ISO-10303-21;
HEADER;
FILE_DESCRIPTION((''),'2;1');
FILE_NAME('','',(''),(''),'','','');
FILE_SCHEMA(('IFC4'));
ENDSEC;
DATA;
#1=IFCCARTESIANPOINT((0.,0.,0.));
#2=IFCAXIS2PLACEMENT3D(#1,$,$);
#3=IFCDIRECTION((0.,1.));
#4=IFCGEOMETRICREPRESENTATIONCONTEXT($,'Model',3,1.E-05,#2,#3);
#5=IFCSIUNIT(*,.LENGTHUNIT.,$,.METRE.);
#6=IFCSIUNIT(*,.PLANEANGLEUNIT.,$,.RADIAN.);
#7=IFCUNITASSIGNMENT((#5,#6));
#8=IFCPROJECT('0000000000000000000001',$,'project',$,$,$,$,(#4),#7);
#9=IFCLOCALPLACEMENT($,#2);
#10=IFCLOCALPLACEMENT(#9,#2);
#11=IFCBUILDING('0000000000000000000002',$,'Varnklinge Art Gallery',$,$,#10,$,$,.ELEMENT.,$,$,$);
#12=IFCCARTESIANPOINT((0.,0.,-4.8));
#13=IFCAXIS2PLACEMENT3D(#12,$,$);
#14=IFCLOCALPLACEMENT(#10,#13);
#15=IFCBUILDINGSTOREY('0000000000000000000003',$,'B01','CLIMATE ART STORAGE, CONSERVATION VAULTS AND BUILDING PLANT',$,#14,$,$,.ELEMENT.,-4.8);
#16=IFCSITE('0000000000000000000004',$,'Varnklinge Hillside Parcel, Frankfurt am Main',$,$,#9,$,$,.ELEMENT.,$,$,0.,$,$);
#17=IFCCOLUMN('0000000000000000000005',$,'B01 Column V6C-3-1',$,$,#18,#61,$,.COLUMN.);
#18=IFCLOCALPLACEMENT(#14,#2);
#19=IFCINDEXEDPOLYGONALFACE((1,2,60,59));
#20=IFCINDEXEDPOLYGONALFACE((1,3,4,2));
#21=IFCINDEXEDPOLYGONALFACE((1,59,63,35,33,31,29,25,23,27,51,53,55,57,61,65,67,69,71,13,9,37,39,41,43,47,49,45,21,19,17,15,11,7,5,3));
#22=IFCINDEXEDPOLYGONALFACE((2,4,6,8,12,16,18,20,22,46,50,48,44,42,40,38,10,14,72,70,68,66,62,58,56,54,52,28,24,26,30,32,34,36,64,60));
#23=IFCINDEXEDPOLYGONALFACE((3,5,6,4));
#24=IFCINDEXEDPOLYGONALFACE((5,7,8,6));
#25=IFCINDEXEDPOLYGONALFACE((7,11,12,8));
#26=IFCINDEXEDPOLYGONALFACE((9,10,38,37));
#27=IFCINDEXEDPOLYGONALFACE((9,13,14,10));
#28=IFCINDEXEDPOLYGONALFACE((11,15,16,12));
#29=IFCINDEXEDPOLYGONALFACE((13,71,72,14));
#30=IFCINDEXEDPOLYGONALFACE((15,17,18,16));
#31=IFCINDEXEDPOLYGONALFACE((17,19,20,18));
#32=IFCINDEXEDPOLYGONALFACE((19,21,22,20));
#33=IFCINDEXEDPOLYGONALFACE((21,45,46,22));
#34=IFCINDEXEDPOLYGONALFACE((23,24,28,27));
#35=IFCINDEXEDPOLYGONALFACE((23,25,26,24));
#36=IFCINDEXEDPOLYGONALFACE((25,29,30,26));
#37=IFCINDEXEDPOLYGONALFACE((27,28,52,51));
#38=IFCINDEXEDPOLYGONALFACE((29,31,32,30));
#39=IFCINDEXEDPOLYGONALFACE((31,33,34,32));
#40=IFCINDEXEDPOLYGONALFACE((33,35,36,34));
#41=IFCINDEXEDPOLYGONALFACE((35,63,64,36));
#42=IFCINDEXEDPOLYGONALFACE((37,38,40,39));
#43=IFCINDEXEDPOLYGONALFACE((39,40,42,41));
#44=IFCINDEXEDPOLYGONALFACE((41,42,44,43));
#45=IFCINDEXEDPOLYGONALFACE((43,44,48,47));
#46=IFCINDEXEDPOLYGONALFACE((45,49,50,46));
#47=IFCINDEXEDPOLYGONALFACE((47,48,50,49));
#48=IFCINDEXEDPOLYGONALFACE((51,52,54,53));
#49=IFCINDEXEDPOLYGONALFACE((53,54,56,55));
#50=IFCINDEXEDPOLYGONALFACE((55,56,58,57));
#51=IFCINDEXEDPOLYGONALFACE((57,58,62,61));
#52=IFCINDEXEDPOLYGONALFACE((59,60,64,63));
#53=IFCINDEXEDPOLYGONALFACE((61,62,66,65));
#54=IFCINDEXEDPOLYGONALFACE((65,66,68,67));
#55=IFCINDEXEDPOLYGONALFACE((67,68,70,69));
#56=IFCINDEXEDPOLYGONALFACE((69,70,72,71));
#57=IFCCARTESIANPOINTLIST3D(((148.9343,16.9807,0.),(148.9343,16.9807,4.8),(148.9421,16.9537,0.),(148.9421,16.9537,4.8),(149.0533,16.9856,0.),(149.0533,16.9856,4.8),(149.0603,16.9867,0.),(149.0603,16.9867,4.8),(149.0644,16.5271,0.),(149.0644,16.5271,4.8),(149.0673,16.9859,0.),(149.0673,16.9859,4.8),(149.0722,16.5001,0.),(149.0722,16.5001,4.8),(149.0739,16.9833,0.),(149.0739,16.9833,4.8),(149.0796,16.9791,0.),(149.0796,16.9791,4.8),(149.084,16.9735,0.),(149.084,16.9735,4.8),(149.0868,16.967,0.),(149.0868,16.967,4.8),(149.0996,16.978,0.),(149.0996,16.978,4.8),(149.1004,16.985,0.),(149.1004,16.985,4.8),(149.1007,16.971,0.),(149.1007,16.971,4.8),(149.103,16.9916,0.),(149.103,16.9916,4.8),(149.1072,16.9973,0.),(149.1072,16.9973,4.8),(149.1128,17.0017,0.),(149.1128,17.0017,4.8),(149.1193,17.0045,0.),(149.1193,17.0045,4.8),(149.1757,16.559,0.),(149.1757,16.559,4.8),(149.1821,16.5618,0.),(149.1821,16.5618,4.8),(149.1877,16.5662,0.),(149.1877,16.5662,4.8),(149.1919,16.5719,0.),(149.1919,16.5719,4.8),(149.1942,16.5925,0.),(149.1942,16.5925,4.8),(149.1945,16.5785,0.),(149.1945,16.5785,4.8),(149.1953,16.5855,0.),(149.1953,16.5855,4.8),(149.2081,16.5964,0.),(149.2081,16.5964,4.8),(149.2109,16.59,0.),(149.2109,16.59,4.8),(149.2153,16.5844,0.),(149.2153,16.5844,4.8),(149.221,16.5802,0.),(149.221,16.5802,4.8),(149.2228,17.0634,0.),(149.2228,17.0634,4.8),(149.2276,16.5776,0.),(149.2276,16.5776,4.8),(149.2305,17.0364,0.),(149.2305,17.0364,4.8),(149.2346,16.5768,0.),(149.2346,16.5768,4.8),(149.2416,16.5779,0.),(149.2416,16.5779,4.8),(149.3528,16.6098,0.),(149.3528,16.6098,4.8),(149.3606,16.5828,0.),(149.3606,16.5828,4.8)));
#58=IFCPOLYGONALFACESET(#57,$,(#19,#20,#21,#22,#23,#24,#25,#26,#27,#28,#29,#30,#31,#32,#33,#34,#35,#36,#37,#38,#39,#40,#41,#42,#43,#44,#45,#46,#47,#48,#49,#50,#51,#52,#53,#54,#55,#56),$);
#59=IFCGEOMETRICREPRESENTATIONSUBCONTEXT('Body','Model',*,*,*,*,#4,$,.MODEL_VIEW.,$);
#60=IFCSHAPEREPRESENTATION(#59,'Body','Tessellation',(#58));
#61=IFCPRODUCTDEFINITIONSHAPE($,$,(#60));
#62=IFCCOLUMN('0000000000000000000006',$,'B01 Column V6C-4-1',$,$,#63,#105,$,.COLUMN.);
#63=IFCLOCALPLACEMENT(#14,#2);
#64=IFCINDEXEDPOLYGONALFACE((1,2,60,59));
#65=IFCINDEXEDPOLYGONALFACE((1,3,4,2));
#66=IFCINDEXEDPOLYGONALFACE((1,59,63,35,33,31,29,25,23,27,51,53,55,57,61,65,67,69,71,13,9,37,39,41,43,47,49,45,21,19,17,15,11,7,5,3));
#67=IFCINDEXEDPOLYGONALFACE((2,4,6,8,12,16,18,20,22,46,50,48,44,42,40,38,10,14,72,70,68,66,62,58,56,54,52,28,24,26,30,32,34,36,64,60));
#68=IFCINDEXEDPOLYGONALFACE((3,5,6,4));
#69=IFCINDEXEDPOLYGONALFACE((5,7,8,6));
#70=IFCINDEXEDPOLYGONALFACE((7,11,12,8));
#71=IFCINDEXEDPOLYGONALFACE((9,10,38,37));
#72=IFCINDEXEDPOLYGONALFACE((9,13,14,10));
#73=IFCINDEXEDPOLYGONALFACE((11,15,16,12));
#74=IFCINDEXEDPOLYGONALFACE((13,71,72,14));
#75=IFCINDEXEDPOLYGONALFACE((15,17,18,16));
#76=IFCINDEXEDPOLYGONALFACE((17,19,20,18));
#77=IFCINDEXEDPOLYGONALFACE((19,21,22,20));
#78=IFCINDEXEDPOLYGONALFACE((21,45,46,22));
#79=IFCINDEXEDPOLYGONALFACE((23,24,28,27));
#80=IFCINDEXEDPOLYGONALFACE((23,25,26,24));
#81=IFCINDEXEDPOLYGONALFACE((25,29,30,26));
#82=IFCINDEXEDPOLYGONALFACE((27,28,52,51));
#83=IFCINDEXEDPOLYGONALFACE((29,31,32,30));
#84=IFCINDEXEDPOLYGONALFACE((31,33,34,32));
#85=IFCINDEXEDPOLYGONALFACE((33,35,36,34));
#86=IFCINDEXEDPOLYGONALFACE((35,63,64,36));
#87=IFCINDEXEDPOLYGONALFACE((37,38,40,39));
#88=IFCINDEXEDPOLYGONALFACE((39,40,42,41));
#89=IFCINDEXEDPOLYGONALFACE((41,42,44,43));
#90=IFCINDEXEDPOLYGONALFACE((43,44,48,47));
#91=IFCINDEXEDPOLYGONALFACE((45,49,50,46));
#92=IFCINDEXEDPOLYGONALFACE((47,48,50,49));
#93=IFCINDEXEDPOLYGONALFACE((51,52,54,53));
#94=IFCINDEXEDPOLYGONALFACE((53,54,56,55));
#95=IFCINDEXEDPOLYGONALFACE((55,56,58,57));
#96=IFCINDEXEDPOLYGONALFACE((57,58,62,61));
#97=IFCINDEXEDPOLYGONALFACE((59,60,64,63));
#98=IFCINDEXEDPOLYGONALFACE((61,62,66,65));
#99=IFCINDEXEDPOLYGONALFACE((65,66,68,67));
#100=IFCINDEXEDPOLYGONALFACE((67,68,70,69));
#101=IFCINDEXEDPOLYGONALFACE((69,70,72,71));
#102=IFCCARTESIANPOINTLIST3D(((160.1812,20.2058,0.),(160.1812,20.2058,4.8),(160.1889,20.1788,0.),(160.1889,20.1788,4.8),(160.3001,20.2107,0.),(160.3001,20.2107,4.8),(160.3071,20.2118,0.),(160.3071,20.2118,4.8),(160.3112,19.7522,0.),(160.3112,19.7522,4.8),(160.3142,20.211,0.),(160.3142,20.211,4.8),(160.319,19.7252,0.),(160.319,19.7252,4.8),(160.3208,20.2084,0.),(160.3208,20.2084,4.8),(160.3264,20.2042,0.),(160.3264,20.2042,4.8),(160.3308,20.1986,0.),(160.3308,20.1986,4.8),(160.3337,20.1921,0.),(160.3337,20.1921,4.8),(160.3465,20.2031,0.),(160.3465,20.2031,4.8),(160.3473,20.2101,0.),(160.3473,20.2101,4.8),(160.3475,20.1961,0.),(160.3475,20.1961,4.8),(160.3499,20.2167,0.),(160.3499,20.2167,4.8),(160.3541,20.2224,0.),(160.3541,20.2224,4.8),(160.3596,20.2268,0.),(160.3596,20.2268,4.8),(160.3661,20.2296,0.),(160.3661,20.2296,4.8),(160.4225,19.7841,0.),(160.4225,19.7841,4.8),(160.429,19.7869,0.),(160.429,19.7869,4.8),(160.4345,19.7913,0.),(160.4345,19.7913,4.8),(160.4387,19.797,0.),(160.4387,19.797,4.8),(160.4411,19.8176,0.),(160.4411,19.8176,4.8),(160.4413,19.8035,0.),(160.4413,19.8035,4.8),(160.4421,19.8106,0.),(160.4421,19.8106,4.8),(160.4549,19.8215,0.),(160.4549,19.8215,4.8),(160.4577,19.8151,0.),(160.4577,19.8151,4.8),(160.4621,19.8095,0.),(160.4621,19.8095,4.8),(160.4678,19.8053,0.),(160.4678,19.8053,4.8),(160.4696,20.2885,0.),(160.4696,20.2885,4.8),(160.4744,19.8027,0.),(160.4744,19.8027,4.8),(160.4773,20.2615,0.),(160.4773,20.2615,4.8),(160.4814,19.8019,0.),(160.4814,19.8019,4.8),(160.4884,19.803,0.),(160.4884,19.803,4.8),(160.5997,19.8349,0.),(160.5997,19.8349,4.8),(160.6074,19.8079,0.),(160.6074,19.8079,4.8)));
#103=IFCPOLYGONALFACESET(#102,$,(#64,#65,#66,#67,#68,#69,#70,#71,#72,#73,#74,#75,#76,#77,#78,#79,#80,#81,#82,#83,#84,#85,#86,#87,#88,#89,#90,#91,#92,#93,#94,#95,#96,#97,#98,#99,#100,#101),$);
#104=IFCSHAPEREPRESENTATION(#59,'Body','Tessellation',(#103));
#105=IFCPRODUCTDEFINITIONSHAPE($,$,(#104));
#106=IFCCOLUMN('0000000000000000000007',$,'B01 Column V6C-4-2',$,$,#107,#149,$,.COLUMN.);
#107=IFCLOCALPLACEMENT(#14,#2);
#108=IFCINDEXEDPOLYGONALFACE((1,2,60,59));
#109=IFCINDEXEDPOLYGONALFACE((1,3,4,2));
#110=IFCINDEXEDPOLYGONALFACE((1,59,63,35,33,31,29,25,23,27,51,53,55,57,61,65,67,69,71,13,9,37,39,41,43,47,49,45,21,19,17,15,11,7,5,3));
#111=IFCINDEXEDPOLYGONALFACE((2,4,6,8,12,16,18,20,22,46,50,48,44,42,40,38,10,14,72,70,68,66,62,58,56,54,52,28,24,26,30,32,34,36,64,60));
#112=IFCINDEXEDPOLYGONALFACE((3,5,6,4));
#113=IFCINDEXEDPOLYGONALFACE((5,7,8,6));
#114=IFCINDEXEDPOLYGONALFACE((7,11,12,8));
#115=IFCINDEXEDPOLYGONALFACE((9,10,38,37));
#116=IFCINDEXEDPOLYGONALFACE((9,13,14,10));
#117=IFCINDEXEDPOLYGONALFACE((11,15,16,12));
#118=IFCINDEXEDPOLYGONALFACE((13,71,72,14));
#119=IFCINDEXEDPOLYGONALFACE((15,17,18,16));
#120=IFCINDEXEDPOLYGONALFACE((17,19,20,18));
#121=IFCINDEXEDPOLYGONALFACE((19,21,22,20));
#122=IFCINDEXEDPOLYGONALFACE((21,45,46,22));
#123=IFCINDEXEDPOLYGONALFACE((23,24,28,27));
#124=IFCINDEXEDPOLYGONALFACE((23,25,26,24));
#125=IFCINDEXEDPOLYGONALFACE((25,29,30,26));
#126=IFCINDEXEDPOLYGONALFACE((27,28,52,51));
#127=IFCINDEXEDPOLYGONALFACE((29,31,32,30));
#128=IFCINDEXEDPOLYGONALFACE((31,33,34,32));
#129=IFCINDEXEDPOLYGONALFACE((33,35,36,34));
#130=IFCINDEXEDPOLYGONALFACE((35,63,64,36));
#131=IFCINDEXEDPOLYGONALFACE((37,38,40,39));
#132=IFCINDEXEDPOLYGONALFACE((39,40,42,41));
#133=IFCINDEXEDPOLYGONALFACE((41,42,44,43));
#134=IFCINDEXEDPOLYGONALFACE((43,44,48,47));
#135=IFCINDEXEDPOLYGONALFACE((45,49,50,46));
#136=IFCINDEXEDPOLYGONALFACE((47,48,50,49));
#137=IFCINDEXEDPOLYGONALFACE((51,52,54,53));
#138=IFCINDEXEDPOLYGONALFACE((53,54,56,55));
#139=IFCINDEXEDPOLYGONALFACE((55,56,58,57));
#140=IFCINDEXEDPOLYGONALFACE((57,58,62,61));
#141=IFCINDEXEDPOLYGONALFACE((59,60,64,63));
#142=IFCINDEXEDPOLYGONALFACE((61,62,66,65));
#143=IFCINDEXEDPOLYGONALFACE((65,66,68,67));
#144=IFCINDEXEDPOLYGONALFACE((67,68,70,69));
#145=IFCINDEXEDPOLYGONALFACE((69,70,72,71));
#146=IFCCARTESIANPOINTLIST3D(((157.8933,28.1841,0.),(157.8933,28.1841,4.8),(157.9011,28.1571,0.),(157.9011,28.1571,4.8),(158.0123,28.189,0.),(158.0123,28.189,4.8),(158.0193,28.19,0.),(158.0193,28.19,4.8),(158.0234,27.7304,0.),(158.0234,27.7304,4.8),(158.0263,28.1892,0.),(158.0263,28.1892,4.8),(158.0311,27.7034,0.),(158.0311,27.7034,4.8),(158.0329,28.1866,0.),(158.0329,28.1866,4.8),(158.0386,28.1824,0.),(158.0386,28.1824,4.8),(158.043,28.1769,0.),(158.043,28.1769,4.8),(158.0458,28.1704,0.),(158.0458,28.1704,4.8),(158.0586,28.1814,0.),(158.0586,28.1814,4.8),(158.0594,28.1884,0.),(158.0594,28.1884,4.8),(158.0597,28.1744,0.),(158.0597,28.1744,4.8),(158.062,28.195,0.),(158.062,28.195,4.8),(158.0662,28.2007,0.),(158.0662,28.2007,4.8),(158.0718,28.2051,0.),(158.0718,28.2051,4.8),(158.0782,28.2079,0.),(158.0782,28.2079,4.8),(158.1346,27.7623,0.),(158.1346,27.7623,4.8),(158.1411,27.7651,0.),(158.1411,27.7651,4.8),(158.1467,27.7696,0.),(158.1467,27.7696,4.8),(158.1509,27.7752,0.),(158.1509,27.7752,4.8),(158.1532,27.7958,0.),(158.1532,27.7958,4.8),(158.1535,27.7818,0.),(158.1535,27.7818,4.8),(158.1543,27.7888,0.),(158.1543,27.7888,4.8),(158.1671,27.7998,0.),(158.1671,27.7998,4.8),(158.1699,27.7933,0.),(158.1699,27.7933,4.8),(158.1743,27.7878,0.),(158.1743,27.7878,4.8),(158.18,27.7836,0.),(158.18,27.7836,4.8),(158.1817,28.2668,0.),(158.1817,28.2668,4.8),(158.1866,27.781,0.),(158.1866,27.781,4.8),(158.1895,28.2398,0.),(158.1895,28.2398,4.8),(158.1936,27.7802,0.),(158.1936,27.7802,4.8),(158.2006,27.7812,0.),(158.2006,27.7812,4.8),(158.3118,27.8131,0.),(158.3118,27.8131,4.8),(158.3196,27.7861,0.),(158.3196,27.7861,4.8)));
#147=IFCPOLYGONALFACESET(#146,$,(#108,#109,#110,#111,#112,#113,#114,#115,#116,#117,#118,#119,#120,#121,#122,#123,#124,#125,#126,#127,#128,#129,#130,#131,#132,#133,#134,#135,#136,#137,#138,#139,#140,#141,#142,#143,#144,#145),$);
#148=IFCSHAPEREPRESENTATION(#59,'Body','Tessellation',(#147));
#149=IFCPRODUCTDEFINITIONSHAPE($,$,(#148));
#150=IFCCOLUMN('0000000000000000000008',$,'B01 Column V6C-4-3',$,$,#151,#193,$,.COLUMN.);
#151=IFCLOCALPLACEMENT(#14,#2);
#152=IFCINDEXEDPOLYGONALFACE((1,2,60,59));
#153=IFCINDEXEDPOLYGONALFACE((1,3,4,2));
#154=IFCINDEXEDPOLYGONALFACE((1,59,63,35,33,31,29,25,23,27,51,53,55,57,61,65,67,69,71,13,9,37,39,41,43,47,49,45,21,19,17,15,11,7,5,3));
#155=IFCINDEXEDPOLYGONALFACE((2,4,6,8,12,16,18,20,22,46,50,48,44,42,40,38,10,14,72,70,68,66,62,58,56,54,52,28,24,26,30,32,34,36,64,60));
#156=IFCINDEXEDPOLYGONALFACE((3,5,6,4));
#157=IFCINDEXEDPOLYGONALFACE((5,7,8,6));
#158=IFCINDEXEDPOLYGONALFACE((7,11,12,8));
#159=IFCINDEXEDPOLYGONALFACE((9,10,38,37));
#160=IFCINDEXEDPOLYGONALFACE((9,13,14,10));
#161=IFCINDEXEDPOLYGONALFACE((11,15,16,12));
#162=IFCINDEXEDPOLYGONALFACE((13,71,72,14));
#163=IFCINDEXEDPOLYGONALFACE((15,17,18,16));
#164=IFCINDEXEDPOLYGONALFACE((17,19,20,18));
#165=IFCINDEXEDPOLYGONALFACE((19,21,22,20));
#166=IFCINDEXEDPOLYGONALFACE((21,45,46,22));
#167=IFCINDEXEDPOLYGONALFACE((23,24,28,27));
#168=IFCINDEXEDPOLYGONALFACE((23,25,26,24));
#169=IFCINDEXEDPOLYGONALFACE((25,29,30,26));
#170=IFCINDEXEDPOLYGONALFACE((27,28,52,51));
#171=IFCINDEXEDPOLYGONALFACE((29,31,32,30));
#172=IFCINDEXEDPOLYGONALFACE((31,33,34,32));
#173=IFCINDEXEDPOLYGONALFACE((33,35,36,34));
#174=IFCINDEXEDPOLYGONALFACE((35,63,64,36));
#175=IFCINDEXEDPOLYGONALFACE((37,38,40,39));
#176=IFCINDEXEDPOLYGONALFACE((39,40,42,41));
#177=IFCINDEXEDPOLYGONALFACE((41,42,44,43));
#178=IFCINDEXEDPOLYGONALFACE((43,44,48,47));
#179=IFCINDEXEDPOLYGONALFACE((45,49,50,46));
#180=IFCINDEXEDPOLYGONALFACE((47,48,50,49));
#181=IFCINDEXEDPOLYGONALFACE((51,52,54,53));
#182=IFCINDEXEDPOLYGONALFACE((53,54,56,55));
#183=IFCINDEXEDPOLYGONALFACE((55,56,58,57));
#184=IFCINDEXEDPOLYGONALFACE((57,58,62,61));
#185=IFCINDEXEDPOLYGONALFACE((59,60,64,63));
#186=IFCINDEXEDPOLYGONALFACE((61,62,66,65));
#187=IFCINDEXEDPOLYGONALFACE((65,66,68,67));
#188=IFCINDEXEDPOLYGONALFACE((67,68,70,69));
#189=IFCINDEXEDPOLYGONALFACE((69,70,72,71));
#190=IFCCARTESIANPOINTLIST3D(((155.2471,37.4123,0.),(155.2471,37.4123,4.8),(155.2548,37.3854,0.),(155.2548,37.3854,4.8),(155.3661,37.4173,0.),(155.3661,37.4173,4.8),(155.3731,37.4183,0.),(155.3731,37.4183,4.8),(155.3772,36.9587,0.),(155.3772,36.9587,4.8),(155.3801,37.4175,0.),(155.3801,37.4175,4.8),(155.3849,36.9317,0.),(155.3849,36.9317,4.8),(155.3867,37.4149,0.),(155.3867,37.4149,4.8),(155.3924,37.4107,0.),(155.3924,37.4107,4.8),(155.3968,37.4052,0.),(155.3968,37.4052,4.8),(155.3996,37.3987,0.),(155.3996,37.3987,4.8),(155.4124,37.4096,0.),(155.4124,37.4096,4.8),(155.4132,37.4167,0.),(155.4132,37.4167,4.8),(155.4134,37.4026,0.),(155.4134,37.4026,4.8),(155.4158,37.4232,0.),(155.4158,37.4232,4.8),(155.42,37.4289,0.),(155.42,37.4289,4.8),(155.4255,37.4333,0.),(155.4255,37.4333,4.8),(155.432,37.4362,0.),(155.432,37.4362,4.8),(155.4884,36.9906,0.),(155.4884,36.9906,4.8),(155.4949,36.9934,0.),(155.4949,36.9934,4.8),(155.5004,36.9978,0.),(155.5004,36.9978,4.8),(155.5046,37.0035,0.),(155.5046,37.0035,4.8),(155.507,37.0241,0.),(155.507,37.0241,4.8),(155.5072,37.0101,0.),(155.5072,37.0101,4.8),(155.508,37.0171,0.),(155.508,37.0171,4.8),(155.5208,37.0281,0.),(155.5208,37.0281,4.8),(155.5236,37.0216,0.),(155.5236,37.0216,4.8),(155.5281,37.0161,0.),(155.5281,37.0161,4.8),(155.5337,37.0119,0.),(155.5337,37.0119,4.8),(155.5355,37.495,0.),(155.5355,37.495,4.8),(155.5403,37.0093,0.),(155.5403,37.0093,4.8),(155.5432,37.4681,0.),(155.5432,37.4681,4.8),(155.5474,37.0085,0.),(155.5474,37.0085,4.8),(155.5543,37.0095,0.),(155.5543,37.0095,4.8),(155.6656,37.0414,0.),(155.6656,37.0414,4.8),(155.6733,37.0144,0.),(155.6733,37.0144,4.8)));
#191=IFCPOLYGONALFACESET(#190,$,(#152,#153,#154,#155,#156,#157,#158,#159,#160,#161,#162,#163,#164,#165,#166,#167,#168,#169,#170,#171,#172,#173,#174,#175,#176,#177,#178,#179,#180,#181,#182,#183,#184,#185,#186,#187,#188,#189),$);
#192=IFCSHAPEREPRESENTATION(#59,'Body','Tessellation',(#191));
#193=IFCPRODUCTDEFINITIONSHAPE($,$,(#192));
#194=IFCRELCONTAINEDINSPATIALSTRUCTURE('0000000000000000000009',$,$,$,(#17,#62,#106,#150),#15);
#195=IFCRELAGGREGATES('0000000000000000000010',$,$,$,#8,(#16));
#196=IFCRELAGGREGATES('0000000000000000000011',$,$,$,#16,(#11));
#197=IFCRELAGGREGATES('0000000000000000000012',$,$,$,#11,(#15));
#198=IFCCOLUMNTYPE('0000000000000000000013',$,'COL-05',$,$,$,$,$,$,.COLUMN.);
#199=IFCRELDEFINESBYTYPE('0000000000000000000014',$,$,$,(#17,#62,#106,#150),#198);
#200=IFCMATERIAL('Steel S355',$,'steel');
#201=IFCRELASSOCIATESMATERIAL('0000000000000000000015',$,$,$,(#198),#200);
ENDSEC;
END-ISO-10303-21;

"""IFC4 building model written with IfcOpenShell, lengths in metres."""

from ifc_helpers import new_model, si_unit, direction, frame, origin, origin_2d, place, context, subcontext, project, spatial, i_section, extrude, material, material_profile, profile_set, type_object, element, save


model = new_model("IFC4")

# Units and contexts
model_context = context("Model", 3, precision=1e-05, world=origin(), true_north=direction((0.0, 1.0)))
body_context = subcontext(model_context, "Body", "Model", "MODEL_VIEW")
ifc_project = project(units=[si_unit("LENGTHUNIT", "METRE"), si_unit("PLANEANGLEUNIT", "RADIAN")], contexts=[model_context])

# Site, building, storey
site_placement = place(None, origin())
site = spatial("IfcSite", under=ifc_project, at=site_placement, Name="Varnklinge Hillside Parcel, Frankfurt am Main", CompositionType="ELEMENT", RefElevation=0.0)
building_placement = place(site_placement, origin())
building = spatial("IfcBuilding", under=site, at=building_placement, Name="Varnklinge Art Gallery", CompositionType="ELEMENT")
storey_placement = place(building_placement, frame((0.0, 0.0, -4.8)))
storey = spatial("IfcBuildingStorey", under=building, at=storey_placement, Name="B01", Description="CLIMATE ART STORAGE, CONSERVATION VAULTS AND BUILDING PLANT", CompositionType="ELEMENT", Elevation=-4.8)

# Columns
ifc_material_1 = material(Name="Steel S355", Category="steel")
ifc_material_profile_1 = material_profile(ifc_material_1, i_section(OverallWidth=0.3, OverallDepth=0.5, WebThickness=0.0144, FlangeThickness=0.0281, FilletRadius=0.0271, at=origin_2d()), Name="HEB 500")
ifc_profile_set_1 = profile_set([ifc_material_profile_1], Name="Steel S355")
column_type = type_object("IfcColumnType", Name="COL-05", PredefinedType="COLUMN", material=ifc_profile_set_1)
for number, where, z_axis, x_axis, name in (
    (1, (149.1475, 16.7817, 0.0), (0.0, 0.0, 1.0), (0.961262, 0.275637, 0.0), "B01 Column V6C-3-1"),
    (2, (160.3943, 20.0068, 0.0), (0.0, 0.0, 1.0), (0.961262, 0.275637, 0.0), "B01 Column V6C-4-1"),
    (3, (158.1064, 27.9851, 0.0), (0.0, 0.0, 1.0), (0.961262, 0.275637, 0.0), "B01 Column V6C-4-2"),
    (4, (155.4602, 37.2134, 0.0), (0.0, 0.0, 1.0), (0.961262, 0.275637, 0.0), "B01 Column V6C-4-3"),
):
    element("IfcColumn", number, at=place(storey_placement, frame(where, z_axis=z_axis, x_axis=x_axis)), inside=storey, type_object=column_type, Name=name, PredefinedType="COLUMN", context=body_context, shape_type="SweptSolid", body=[
        extrude(i_section(OverallWidth=0.3, OverallDepth=0.5, WebThickness=0.0144, FlangeThickness=0.0281, FilletRadius=0.0271, at=origin_2d()), origin(), (0.0, 0.0, 1.0), 4.8),
    ])

save(model, "model.ifc")
